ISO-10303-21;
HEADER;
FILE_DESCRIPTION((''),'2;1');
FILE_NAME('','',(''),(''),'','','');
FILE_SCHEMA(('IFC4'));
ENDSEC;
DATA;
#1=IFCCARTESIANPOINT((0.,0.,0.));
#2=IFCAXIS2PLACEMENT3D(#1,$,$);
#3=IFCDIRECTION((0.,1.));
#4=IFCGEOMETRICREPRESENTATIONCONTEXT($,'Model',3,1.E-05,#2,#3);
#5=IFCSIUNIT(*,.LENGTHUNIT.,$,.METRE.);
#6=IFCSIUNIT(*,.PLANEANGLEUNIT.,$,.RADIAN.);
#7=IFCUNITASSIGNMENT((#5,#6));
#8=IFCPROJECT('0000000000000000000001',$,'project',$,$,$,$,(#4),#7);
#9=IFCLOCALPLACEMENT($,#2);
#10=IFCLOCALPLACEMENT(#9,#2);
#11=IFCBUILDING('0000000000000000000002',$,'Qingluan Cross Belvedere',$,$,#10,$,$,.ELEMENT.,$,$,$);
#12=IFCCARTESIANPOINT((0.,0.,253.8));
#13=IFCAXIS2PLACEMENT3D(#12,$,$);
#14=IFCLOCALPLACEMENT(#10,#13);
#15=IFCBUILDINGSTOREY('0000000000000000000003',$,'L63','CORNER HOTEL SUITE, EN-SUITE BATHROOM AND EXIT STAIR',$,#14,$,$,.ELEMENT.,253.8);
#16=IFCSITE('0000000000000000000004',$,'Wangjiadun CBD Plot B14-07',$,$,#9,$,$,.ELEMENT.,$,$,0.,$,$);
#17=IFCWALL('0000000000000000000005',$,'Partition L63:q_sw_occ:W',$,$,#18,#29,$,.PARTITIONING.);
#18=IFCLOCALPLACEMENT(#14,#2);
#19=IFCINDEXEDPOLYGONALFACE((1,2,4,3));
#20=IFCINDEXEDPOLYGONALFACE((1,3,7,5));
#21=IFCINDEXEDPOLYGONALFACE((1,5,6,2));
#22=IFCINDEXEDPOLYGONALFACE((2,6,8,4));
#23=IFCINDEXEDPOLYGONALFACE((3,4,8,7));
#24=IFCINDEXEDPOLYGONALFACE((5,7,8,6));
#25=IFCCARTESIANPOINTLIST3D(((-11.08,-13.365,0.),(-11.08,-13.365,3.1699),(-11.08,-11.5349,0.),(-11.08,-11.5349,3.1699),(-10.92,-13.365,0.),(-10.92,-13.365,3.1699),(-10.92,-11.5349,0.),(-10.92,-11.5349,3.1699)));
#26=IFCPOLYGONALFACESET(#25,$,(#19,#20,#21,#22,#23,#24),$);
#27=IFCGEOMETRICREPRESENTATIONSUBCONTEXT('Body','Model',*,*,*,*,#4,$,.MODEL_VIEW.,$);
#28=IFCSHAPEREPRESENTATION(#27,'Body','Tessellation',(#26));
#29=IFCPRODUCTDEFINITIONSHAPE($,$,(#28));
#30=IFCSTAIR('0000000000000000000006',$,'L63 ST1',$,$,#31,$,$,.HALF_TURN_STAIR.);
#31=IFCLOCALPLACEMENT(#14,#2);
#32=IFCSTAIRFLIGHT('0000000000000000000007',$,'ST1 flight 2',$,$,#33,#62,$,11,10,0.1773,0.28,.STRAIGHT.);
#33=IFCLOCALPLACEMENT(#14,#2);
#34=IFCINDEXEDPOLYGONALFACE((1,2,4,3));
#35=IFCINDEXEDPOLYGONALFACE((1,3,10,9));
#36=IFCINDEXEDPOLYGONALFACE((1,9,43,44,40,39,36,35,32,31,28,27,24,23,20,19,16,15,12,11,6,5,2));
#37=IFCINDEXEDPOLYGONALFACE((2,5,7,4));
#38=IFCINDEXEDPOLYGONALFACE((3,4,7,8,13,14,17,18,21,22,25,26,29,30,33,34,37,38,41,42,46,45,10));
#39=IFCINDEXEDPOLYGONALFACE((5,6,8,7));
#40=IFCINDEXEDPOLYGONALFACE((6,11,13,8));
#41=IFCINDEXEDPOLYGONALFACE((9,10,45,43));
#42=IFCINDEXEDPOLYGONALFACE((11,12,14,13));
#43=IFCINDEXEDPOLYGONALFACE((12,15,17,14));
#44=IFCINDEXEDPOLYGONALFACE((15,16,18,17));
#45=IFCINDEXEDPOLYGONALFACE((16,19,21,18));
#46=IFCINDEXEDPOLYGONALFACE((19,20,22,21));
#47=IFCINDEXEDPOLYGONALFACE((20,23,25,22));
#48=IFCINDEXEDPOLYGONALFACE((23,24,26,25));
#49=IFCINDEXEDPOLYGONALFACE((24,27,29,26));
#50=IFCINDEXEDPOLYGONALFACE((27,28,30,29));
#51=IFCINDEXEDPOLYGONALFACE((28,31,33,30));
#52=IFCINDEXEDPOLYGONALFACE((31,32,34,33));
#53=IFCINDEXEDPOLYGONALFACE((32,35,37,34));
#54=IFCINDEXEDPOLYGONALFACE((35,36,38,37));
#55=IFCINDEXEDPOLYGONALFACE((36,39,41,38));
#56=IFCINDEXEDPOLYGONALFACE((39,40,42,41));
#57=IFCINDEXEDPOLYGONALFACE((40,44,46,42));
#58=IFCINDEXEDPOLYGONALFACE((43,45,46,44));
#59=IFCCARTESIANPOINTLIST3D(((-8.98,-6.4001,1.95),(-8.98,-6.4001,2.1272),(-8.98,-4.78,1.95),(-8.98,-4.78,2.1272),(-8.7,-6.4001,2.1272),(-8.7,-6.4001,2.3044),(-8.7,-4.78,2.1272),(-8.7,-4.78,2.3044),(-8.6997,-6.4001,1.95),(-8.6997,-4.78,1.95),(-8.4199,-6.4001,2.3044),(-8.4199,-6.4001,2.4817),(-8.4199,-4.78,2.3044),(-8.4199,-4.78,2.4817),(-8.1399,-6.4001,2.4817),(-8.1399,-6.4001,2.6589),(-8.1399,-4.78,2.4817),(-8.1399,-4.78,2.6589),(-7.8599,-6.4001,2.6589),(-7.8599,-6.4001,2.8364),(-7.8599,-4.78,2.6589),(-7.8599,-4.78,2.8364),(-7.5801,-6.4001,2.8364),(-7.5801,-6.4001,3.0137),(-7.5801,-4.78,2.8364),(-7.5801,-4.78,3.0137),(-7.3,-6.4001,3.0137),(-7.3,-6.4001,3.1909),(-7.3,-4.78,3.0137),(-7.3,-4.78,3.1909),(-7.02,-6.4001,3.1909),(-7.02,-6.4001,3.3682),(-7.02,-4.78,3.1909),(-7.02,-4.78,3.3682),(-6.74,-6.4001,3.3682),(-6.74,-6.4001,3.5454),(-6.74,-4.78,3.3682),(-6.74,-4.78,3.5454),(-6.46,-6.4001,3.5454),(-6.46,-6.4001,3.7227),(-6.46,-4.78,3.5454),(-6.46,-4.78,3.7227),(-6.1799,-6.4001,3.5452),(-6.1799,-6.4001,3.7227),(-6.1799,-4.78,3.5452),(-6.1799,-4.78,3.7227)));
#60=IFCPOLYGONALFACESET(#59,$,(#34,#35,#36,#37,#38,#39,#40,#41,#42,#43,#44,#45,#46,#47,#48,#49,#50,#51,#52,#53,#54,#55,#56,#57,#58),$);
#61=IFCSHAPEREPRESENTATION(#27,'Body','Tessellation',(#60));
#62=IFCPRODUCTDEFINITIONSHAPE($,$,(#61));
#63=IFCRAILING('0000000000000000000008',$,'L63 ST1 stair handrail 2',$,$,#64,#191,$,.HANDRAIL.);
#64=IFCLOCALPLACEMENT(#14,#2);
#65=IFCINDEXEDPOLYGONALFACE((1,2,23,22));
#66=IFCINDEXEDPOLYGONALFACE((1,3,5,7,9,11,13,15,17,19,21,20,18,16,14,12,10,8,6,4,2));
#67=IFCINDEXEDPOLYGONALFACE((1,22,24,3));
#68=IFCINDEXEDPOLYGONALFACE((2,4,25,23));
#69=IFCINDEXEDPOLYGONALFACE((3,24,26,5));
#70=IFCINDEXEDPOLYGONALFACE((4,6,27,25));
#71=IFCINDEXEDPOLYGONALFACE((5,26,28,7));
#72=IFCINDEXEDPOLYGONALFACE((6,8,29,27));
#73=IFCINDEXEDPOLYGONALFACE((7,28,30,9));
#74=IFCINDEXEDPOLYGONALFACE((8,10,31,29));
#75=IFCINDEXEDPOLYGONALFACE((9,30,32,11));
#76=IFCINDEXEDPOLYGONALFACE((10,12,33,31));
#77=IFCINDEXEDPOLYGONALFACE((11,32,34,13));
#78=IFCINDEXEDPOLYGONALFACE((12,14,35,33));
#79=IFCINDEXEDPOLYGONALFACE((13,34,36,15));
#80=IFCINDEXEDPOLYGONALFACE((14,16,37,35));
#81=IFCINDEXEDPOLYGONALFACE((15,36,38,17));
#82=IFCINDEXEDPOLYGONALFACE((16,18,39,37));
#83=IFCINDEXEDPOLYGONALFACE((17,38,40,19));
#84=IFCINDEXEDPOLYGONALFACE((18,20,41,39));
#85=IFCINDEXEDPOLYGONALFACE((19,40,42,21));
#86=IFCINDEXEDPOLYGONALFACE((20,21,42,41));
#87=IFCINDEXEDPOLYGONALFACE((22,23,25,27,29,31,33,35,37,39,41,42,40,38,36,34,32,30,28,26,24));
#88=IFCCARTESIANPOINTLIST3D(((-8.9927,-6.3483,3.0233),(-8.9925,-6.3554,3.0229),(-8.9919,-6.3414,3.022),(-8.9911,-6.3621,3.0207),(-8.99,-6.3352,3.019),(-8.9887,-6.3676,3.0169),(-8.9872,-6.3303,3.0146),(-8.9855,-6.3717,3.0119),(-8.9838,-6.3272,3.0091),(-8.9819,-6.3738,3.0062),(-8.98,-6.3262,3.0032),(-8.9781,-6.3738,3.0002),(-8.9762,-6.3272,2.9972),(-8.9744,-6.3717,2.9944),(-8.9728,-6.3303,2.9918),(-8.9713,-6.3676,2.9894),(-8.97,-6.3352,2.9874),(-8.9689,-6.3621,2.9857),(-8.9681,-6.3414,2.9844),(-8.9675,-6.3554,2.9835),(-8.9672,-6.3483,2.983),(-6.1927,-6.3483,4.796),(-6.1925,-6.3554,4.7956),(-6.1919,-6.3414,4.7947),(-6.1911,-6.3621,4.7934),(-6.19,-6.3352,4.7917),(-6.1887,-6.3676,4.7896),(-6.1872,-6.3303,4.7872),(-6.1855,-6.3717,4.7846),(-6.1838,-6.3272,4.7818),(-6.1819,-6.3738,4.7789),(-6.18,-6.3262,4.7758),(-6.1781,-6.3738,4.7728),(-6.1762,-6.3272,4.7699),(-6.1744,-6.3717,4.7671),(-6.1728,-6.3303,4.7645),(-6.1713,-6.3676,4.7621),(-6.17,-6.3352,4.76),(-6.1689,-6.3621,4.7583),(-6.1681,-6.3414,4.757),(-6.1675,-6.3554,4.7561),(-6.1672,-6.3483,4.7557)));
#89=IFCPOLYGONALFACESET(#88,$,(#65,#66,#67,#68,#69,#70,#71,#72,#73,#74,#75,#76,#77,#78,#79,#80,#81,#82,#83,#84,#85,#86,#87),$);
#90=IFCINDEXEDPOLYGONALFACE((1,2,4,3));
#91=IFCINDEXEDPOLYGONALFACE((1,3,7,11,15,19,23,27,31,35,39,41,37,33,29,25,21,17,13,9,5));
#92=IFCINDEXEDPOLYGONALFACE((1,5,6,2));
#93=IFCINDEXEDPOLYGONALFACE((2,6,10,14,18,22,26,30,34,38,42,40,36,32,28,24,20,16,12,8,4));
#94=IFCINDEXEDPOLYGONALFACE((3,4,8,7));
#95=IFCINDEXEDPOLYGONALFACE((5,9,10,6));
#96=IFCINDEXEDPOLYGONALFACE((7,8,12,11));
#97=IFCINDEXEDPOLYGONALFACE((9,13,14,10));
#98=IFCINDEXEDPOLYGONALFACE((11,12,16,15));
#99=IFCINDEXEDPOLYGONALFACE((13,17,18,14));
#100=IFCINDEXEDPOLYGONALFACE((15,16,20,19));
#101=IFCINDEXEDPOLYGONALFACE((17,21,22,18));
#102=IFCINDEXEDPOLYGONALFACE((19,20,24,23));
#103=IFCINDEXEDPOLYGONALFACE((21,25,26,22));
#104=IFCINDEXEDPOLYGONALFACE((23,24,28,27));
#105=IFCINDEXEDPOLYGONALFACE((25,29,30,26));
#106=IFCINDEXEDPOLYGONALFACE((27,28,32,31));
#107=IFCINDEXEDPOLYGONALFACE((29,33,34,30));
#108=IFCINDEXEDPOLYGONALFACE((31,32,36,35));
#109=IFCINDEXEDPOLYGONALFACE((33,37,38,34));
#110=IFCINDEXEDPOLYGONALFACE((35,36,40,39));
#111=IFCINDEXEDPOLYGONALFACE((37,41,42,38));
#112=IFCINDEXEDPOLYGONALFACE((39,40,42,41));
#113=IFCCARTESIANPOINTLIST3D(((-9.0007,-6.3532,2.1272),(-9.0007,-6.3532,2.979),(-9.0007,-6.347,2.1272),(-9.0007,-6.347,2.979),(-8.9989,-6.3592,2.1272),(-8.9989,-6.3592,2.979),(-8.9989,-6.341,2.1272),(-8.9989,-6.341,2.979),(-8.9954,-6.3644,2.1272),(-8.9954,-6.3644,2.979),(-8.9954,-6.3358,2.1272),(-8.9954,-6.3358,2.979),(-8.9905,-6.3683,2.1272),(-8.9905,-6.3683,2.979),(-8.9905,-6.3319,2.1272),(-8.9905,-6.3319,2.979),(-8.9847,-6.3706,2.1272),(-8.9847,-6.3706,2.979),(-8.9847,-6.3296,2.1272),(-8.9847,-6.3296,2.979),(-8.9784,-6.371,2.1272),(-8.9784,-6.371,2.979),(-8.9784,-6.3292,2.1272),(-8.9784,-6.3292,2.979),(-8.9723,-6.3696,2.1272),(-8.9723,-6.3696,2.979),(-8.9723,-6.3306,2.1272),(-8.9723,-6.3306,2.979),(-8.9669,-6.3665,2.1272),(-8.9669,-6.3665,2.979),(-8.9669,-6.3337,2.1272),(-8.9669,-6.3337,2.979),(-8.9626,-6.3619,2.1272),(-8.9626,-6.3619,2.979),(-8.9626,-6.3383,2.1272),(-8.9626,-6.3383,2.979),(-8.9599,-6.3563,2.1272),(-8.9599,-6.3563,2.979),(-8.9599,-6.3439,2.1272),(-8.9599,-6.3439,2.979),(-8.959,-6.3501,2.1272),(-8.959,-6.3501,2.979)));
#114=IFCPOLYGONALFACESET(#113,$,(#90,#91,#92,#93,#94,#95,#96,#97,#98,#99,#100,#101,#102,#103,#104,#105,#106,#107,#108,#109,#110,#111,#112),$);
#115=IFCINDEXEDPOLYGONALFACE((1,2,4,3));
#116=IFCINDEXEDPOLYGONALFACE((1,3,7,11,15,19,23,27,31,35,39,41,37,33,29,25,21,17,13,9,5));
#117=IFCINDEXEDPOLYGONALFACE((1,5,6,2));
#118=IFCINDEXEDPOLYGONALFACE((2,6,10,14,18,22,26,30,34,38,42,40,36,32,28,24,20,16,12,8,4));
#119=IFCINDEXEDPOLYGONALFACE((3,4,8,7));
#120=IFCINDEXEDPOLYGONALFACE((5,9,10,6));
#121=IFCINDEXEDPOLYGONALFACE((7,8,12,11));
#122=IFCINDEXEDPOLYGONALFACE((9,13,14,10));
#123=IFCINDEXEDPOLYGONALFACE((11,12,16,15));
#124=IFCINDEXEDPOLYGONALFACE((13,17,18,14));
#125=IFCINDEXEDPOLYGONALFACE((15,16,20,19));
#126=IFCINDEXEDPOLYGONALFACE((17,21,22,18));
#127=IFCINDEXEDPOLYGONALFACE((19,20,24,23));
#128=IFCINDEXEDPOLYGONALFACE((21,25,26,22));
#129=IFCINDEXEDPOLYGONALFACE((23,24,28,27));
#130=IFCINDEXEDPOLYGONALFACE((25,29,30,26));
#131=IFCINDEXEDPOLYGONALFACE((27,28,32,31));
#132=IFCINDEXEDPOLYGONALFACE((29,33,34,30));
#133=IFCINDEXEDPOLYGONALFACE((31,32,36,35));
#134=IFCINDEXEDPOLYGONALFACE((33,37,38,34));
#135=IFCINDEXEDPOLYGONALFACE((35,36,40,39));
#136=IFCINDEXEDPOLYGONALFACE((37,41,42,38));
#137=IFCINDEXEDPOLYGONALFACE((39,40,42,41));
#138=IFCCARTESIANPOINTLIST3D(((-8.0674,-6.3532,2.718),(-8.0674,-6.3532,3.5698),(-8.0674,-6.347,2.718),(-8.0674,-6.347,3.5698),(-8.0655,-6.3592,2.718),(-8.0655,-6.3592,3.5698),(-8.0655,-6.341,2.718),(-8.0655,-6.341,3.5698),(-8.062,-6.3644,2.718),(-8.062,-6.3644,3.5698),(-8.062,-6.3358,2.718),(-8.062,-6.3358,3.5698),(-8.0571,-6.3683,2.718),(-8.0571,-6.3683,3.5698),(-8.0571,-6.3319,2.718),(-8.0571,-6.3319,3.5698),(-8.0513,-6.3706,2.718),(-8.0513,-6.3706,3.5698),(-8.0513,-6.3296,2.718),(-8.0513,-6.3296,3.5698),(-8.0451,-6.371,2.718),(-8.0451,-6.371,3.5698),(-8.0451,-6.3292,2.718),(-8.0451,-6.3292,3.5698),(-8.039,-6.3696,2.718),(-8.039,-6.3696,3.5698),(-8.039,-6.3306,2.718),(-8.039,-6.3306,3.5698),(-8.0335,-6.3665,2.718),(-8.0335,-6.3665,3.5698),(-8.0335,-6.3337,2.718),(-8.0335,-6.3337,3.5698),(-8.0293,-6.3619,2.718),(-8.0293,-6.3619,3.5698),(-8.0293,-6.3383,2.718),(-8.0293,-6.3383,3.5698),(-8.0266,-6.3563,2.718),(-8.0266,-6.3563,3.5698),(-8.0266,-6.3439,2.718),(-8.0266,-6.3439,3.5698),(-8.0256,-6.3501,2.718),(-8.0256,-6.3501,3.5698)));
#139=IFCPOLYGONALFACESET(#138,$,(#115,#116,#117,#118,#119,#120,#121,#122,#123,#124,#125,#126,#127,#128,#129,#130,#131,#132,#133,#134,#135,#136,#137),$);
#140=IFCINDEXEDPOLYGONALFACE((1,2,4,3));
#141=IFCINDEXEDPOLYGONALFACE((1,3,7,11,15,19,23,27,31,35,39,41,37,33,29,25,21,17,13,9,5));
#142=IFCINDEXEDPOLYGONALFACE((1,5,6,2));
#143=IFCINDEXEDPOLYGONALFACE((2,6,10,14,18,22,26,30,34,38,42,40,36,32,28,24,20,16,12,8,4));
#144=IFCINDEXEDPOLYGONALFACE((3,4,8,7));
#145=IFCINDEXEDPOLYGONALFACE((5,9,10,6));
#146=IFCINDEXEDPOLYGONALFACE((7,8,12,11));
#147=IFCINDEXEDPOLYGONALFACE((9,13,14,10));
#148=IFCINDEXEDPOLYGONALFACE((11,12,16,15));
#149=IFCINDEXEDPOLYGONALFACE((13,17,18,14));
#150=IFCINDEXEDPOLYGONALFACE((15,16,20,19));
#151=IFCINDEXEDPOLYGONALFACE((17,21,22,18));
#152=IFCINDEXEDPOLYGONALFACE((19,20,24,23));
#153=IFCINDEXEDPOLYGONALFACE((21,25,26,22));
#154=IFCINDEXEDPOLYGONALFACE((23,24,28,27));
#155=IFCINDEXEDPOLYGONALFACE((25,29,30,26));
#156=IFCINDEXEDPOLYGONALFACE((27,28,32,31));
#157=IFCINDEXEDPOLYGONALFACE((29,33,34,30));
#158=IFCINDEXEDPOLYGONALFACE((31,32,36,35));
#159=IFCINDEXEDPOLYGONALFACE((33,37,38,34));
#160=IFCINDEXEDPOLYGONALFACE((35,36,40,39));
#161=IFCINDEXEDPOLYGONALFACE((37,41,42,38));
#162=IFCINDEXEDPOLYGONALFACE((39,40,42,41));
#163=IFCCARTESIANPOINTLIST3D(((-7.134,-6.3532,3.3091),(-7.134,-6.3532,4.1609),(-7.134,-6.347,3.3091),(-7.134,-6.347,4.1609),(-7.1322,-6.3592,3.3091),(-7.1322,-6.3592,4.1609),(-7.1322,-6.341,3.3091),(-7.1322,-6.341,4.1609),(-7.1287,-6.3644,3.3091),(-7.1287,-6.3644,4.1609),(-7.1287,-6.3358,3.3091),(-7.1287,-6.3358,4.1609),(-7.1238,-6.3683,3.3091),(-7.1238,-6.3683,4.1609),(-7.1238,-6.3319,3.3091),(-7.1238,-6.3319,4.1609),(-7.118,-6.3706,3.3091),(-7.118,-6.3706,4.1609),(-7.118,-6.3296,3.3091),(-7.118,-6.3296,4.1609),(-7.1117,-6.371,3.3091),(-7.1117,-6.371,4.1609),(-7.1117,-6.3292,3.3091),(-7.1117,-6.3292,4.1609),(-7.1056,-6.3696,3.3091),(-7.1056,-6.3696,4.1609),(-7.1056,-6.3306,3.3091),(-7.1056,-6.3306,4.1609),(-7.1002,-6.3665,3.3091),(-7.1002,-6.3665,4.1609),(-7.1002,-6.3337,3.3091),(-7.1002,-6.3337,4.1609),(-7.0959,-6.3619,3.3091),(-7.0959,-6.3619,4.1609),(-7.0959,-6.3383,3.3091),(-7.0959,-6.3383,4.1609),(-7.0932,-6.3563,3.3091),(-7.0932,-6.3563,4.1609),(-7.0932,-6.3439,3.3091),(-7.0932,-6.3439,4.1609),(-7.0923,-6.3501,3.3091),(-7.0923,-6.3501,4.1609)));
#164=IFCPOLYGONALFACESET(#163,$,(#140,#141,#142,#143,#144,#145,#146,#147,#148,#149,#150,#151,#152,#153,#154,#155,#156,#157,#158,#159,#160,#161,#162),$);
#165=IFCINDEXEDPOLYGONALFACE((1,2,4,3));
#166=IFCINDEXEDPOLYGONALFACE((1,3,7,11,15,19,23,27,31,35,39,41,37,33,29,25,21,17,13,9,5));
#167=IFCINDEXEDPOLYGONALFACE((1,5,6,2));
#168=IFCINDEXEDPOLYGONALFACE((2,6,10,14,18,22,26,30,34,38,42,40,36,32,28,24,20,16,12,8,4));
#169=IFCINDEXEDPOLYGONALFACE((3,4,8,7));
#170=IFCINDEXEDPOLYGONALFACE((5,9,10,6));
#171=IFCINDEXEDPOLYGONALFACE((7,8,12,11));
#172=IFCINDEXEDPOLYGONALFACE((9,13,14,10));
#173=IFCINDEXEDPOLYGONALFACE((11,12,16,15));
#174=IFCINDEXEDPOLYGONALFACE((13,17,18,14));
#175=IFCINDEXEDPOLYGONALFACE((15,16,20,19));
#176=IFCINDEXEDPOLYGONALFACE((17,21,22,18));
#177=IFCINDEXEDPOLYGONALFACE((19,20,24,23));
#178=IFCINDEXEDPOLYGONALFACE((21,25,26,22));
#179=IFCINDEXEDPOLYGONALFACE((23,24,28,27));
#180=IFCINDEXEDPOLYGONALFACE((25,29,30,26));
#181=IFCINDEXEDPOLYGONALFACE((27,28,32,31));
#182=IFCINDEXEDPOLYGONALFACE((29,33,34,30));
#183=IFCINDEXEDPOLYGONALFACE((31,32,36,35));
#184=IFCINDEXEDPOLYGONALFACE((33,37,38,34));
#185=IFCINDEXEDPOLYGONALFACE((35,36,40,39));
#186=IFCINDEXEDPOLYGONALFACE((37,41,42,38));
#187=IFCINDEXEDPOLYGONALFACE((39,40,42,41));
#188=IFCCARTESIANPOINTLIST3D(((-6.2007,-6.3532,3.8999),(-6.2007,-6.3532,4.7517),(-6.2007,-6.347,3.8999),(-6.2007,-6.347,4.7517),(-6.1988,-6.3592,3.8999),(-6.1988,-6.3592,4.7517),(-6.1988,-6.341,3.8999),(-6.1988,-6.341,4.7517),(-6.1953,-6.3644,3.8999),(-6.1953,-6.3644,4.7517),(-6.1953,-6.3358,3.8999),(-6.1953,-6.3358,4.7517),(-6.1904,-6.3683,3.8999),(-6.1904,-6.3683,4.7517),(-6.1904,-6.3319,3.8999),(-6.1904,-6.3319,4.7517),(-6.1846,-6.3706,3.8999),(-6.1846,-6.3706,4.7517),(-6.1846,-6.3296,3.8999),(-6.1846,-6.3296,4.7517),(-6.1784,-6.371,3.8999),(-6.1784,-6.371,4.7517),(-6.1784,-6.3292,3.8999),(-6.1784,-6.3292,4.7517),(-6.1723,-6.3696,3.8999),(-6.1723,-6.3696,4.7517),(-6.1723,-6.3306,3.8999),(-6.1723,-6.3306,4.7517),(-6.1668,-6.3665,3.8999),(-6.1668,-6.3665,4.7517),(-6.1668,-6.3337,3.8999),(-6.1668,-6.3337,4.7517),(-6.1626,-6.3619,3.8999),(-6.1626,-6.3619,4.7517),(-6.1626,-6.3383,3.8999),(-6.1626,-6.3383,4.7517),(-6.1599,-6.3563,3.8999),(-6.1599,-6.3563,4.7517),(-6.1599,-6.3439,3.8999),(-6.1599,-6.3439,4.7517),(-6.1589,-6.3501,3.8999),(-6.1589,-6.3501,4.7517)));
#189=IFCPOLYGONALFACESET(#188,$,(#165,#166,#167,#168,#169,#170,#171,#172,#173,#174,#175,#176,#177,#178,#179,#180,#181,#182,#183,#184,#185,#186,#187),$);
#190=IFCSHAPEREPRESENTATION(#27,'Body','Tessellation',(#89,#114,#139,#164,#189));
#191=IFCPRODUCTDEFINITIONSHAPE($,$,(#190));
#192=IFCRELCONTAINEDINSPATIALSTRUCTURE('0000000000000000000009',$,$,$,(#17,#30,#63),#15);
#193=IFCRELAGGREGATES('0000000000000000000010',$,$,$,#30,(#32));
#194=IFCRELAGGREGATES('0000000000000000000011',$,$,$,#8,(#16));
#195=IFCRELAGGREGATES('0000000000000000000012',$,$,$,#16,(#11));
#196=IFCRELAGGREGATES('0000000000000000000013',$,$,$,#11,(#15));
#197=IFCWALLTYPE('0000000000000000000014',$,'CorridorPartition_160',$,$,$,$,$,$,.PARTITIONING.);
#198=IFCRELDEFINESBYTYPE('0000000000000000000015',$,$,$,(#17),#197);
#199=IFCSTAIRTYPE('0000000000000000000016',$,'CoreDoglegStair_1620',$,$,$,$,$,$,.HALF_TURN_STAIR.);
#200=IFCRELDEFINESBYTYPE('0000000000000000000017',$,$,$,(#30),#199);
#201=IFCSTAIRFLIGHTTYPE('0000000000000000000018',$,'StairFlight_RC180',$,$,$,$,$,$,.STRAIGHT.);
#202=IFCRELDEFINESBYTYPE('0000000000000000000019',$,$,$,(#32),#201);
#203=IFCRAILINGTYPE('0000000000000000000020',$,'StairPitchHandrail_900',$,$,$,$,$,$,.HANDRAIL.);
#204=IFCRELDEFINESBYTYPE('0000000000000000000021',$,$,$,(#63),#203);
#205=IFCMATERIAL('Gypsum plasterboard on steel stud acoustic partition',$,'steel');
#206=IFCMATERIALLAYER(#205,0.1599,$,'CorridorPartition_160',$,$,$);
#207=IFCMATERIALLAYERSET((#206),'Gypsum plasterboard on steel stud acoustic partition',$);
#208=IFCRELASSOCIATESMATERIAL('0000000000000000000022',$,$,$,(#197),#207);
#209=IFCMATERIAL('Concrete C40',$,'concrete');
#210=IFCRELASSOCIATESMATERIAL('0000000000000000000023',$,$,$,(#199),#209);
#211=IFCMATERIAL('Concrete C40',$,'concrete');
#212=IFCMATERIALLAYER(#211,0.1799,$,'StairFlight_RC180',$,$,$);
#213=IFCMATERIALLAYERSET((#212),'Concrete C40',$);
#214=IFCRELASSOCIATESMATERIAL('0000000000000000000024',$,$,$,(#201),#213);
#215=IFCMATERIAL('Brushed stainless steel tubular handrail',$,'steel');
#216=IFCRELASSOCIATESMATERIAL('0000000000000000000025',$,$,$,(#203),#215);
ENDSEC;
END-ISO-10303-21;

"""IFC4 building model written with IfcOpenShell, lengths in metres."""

from ifc_helpers import new_model, si_unit, direction, frame, frame_2d, origin, origin_2d, place, context, subcontext, project, spatial, polyline, rectangle, circle, outline, extrude, material, layer, layer_set, type_object, element, aggregate, save


model = new_model("IFC4")

# Units and contexts
model_context = context("Model", 3, precision=1e-05, world=origin(), true_north=direction((0.0, 1.0)))
body_context = subcontext(model_context, "Body", "Model", "MODEL_VIEW")
ifc_project = project(units=[si_unit("LENGTHUNIT", "METRE"), si_unit("PLANEANGLEUNIT", "RADIAN")], contexts=[model_context])

# Site, building, storey
site_placement = place(None, origin())
site = spatial("IfcSite", under=ifc_project, at=site_placement, Name="Wangjiadun CBD Plot B14-07", CompositionType="ELEMENT", RefElevation=0.0)
building_placement = place(site_placement, origin())
building = spatial("IfcBuilding", under=site, at=building_placement, Name="Qingluan Cross Belvedere", CompositionType="ELEMENT")
storey_placement = place(building_placement, frame((0.0, 0.0, 253.8)))
storey = spatial("IfcBuildingStorey", under=building, at=storey_placement, Name="L63", Description="CORNER HOTEL SUITE, EN-SUITE BATHROOM AND EXIT STAIR", CompositionType="ELEMENT", Elevation=253.8)

# Shared definitions
ifc_material_1 = material(Name="Gypsum plasterboard on steel stud acoustic partition", Category="steel")
ifc_layer_1 = layer(ifc_material_1, 0.1599, Name="CorridorPartition_160")
ifc_layer_set_1 = layer_set([ifc_layer_1], Name="Gypsum plasterboard on steel stud acoustic partition")
wall_type_1 = type_object("IfcWallType", Name="CorridorPartition_160", PredefinedType="PARTITIONING", material=ifc_layer_set_1)

# Wall
wall_1_placement = place(storey_placement, frame((-11.0, -13.365, 0.0), z_axis=(0.0, 0.0, 1.0), x_axis=(0.0, 1.0, 0.0)))
element("IfcWall", 1, at=wall_1_placement, inside=storey, type_object=wall_type_1, Name="Partition L63:q_sw_occ:W", PredefinedType="PARTITIONING", context=body_context, shape_type="SweptSolid", body=[
    extrude(rectangle(XDim=1.8301, YDim=0.1599, at=frame_2d((0.915, 0.0))), origin(), (0.0, 0.0, 1.0), 3.1699),
])

# Stair, stair flight
ifc_material_2 = material(Name="Concrete C40", Category="concrete")
stair_type = type_object("IfcStairType", Name="CoreDoglegStair_1620", PredefinedType="HALF_TURN_STAIR", material=ifc_material_2)
stair_placement = place(storey_placement, origin())
stair = element("IfcStair", 2, at=stair_placement, inside=storey, type_object=stair_type, Name="L63 ST1", PredefinedType="HALF_TURN_STAIR")
ifc_material_3 = material(Name="Concrete C40", Category="concrete")
ifc_layer_2 = layer(ifc_material_3, 0.1799, Name="StairFlight_RC180")
ifc_layer_set_2 = layer_set([ifc_layer_2], Name="Concrete C40")
stair_flight_type = type_object("IfcStairFlightType", Name="StairFlight_RC180", PredefinedType="STRAIGHT", material=ifc_layer_set_2)
stair_flight_placement = place(storey_placement, frame((-8.98, -5.5901, 1.95), z_axis=(0.0, 0.0, 1.0), x_axis=(1.0, 0.0, 0.0)))
stair_flight = element("IfcStairFlight", 3, at=stair_flight_placement, type_object=stair_flight_type, Name="ST1 flight 2", NumberOfRisers=11, NumberOfTreads=10, PredefinedType="STRAIGHT", RiserHeight=0.1773, TreadLength=0.28, context=body_context, shape_type="SweptSolid", body=[
    extrude(outline(polyline([(0.0, 0.0), (0.0, 0.1772), (0.28, 0.1772), (0.28, 0.3545), (0.5601, 0.3545), (0.5601, 0.5317), (0.8401, 0.5317), (0.8401, 0.709), (1.1201, 0.709), (1.1201, 0.8865), (1.3999, 0.8865), (1.3999, 1.0637), (1.6799, 1.0637), (1.6799, 1.241), (1.96, 1.241), (1.96, 1.4182), (2.24, 1.4182), (2.24, 1.5955), (2.52, 1.5955), (2.52, 1.7727), (2.8, 1.7727), (2.8, 1.95), (2.8, 1.5952), (0.2803, 0.0), (0.0, 0.0)])), frame((0.0, 0.8101, 0.0), z_axis=(0.0, -1.0, 0.0), x_axis=(1.0, 0.0, 0.0)), (0.0, 0.0, 1.0), 1.6201),
])
aggregate(stair, [stair_flight])

# Railing
ifc_material_4 = material(Name="Brushed stainless steel tubular handrail", Category="steel")
railing_type_1 = type_object("IfcRailingType", Name="StairPitchHandrail_900", PredefinedType="HANDRAIL", material=ifc_material_4)
railing_1_placement = place(storey_placement, frame((-8.98, -6.3501, 2.1272)))
element("IfcRailing", 4, at=railing_1_placement, inside=storey, type_object=railing_type_1, Name="L63 ST1 stair handrail 2", PredefinedType="HANDRAIL", context=body_context, shape_type="SweptSolid", body=[
    extrude(circle(Radius=0.0239, at=origin_2d()), frame((0.0, 0.0, 0.876), z_axis=(0.844909, 0.0, 0.53491), x_axis=(0.0, 1.0, 0.0)), (0.0, 0.0, 1.0), 3.314),
    extrude(circle(Radius=0.021, at=origin_2d()), origin(), (0.0, 0.0, 1.0), 0.8518),
    extrude(circle(Radius=0.021, at=origin_2d()), frame((0.9333, 0.0, 0.5908)), (0.0, 0.0, 1.0), 0.8518),
    extrude(circle(Radius=0.021, at=origin_2d()), frame((1.8667, 0.0, 1.1819)), (0.0, 0.0, 1.0), 0.8518),
    extrude(circle(Radius=0.021, at=origin_2d()), frame((2.8, 0.0, 1.7727)), (0.0, 0.0, 1.0), 0.8518),
])

save(model, "model.ifc")
